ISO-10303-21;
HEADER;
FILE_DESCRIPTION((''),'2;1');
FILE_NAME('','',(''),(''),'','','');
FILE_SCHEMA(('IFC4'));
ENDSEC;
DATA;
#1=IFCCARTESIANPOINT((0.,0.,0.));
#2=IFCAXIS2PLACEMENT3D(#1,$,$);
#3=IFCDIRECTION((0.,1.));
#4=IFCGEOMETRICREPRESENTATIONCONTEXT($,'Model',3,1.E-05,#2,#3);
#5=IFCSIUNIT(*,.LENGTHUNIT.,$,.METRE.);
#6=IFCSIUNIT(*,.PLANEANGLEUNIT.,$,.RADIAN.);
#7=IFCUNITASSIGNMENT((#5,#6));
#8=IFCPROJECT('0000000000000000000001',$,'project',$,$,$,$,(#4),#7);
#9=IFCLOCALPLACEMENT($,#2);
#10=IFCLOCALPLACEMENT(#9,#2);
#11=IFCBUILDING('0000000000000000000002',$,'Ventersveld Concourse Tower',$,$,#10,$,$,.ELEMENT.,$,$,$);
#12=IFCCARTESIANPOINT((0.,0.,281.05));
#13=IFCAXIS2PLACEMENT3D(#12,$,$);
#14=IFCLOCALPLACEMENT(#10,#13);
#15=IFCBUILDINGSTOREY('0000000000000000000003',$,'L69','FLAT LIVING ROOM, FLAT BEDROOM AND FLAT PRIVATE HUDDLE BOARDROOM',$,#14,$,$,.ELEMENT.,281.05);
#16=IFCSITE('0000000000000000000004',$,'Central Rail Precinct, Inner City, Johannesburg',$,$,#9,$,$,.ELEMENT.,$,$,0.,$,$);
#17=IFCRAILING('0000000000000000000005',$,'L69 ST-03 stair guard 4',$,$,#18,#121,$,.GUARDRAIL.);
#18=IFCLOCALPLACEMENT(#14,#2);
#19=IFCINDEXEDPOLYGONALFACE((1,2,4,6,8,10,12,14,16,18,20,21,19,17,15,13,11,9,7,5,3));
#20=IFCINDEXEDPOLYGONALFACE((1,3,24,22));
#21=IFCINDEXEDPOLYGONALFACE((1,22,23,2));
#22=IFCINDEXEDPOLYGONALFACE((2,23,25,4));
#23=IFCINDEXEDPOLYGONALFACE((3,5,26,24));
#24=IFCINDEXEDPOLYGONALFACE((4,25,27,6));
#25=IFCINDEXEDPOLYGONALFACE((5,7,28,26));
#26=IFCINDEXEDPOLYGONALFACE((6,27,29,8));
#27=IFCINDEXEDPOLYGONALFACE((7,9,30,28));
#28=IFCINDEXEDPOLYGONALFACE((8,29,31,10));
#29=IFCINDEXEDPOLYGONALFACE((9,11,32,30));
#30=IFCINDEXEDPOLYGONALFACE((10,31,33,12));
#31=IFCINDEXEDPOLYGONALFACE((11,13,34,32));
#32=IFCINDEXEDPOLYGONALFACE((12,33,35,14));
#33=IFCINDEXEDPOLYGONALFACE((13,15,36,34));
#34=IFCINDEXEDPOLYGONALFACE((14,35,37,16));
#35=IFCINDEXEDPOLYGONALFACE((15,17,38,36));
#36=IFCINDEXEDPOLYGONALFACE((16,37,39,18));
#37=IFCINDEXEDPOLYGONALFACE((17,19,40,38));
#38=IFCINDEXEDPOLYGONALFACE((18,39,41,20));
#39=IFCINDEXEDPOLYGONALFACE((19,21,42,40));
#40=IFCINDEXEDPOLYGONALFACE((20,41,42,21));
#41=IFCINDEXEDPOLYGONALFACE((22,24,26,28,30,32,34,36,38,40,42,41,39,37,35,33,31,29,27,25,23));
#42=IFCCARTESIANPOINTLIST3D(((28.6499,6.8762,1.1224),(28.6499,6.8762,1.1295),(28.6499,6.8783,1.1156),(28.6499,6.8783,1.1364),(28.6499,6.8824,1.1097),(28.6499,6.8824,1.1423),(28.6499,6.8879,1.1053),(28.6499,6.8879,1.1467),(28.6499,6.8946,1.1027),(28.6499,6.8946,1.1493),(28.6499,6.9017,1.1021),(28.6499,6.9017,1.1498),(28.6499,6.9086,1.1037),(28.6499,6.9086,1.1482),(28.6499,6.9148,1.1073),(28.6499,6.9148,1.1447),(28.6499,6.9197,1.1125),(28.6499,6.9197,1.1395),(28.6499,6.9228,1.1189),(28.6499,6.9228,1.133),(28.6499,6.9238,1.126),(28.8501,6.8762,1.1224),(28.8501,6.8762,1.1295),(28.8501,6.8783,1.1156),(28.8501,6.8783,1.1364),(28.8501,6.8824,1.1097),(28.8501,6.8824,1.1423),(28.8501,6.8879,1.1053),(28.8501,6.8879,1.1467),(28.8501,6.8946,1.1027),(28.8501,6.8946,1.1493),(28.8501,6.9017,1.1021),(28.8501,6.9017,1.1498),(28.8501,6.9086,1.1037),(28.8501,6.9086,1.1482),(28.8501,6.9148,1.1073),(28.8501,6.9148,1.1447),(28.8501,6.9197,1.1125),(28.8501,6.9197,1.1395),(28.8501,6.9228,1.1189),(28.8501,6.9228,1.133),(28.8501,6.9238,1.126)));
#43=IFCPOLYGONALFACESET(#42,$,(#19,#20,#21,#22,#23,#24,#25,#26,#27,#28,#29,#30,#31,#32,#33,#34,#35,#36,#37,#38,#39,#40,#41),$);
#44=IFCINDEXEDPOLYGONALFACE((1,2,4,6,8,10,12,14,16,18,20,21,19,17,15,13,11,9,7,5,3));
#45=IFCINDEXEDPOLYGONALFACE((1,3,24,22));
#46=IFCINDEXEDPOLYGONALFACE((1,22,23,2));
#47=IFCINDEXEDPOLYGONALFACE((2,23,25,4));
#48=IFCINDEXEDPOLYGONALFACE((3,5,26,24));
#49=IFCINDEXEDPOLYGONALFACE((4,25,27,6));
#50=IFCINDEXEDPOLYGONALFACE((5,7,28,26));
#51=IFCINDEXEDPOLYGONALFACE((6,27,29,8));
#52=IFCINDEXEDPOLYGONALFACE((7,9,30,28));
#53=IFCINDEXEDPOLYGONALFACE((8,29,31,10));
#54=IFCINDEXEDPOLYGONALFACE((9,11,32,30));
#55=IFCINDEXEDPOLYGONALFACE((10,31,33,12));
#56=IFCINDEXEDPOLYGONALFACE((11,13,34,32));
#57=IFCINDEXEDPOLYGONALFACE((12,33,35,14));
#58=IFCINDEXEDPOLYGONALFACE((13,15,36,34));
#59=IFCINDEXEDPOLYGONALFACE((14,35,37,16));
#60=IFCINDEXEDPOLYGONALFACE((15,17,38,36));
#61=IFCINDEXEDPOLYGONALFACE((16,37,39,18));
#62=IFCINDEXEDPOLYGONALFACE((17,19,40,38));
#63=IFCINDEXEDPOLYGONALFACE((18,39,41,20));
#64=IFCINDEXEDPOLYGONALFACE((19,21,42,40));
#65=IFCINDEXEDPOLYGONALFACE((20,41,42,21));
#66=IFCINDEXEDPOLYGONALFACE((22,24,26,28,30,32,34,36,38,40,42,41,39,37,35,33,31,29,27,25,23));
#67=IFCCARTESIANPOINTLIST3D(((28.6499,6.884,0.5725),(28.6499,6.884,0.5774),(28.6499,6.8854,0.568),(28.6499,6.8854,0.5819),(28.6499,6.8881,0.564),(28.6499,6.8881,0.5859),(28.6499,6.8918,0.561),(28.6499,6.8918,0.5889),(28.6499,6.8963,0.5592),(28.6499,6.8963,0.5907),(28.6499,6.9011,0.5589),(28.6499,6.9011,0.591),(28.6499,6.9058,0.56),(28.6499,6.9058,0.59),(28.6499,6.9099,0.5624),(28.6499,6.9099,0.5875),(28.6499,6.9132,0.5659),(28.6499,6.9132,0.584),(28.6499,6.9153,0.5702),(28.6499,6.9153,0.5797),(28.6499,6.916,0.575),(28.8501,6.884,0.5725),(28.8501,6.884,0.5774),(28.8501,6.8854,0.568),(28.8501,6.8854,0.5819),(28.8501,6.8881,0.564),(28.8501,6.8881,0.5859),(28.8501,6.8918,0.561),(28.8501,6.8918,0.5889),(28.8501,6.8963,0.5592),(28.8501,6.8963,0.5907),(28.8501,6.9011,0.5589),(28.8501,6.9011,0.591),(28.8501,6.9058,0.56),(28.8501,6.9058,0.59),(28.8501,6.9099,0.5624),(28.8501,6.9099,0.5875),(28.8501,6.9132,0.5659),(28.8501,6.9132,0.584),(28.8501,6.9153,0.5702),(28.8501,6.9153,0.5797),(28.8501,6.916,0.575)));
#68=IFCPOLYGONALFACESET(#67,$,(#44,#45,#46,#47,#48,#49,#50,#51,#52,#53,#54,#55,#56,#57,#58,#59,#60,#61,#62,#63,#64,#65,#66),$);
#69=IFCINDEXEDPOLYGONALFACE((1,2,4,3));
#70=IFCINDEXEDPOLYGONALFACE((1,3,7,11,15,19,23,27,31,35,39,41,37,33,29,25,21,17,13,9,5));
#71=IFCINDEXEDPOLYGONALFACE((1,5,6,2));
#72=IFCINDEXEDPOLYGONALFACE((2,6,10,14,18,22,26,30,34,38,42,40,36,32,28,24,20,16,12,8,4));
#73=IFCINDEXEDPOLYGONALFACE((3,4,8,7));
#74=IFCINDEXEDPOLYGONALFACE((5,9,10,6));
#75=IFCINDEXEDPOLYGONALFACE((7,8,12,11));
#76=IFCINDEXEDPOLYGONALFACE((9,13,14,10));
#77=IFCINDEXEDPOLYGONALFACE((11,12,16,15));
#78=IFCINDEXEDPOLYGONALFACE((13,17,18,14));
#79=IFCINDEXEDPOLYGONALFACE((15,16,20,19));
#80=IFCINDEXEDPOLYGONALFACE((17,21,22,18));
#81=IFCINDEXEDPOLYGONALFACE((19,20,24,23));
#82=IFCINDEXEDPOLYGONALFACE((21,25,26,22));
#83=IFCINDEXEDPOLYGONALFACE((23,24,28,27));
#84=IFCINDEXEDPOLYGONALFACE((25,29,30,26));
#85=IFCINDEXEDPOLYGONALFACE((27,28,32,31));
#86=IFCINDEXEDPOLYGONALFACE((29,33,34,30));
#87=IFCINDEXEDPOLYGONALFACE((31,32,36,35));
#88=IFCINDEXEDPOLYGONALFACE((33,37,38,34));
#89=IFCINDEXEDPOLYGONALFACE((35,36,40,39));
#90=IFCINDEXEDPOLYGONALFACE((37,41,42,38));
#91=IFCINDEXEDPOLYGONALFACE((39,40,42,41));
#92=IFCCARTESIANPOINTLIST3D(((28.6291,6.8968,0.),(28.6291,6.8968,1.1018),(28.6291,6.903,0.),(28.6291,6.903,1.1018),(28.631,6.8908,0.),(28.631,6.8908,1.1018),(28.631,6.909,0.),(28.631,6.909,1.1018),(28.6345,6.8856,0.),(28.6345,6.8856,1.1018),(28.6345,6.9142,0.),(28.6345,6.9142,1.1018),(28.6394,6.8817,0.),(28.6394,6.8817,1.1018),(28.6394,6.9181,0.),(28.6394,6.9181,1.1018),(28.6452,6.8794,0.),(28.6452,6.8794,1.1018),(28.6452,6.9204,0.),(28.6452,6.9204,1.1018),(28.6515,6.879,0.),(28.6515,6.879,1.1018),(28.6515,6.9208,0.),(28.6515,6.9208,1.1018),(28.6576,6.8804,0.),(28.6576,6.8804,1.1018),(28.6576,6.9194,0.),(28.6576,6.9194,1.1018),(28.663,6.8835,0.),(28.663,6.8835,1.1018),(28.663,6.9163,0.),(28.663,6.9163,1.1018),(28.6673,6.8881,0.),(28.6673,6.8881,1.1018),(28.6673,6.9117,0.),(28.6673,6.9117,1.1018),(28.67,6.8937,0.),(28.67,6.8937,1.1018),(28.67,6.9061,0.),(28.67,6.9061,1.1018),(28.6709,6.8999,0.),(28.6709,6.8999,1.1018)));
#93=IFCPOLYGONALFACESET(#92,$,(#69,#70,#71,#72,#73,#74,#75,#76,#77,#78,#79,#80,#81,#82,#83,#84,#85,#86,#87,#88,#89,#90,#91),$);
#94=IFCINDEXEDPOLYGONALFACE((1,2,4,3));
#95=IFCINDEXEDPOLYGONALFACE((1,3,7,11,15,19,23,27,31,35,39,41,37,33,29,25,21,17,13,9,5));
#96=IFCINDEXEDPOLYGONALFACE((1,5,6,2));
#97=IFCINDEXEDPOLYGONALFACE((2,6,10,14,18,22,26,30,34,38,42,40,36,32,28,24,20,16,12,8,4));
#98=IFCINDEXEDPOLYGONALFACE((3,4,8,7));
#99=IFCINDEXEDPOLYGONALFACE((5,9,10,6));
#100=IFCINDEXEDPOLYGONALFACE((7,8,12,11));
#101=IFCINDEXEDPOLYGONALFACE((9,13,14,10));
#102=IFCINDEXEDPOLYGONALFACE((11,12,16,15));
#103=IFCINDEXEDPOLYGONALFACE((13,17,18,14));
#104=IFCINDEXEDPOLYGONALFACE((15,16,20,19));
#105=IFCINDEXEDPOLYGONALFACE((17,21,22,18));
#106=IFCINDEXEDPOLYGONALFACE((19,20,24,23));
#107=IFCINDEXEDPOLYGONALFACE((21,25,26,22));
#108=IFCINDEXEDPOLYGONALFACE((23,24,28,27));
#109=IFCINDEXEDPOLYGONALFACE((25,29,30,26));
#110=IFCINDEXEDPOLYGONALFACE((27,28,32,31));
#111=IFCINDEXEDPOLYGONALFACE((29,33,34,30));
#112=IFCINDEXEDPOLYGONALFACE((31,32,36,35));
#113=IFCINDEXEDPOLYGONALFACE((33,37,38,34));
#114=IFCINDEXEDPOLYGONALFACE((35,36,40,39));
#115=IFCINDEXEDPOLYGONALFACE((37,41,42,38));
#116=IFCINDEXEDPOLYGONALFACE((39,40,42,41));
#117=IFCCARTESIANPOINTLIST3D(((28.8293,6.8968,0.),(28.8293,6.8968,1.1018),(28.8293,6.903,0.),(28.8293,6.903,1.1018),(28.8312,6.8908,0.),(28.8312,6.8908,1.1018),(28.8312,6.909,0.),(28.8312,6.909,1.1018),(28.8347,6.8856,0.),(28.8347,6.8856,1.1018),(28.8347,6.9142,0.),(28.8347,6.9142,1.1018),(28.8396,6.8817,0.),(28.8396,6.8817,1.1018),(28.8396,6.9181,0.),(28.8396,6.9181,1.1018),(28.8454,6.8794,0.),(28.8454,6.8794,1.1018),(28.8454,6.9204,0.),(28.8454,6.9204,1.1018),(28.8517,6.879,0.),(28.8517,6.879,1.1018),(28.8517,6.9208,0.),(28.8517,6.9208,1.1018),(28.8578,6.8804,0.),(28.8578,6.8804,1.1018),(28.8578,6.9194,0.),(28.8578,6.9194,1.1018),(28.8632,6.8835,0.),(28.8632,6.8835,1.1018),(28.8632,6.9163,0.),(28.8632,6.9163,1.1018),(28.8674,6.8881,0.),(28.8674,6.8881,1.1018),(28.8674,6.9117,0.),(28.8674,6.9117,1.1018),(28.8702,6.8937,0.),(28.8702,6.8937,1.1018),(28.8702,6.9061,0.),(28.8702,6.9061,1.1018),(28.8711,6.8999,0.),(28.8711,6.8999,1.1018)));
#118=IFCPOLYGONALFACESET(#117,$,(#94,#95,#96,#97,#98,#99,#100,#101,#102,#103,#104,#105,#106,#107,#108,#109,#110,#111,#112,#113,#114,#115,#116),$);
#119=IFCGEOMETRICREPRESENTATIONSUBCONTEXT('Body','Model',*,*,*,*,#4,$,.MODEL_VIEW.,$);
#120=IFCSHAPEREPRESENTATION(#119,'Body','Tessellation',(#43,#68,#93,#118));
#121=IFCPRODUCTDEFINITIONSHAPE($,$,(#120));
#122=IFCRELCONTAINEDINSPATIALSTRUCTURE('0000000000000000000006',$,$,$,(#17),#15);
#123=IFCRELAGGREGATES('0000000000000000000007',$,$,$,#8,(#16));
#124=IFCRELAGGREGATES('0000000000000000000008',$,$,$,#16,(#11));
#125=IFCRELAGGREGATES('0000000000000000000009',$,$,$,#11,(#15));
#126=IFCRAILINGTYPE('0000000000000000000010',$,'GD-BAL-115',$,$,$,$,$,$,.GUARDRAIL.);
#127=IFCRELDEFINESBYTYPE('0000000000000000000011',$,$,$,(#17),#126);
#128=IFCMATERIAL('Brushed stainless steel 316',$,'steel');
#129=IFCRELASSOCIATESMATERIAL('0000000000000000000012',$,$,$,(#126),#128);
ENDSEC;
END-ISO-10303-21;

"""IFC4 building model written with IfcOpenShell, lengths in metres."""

from ifc_helpers import new_model, si_unit, direction, frame, origin, origin_2d, place, context, subcontext, project, spatial, circle, extrude, material, type_object, element, save


model = new_model("IFC4")

# Units and contexts
model_context = context("Model", 3, precision=1e-05, world=origin(), true_north=direction((0.0, 1.0)))
body_context = subcontext(model_context, "Body", "Model", "MODEL_VIEW")
ifc_project = project(units=[si_unit("LENGTHUNIT", "METRE"), si_unit("PLANEANGLEUNIT", "RADIAN")], contexts=[model_context])

# Site, building, storey
site_placement = place(None, origin())
site = spatial("IfcSite", under=ifc_project, at=site_placement, Name="Central Rail Precinct, Inner City, Johannesburg", CompositionType="ELEMENT", RefElevation=0.0)
building_placement = place(site_placement, origin())
building = spatial("IfcBuilding", under=site, at=building_placement, Name="Ventersveld Concourse Tower", CompositionType="ELEMENT")
storey_placement = place(building_placement, frame((0.0, 0.0, 281.05)))
storey = spatial("IfcBuildingStorey", under=building, at=storey_placement, Name="L69", Description="FLAT LIVING ROOM, FLAT BEDROOM AND FLAT PRIVATE HUDDLE BOARDROOM", CompositionType="ELEMENT", Elevation=281.05)

# Shared definitions
ifc_material_1 = material(Name="Brushed stainless steel 316", Category="steel")

# Railing
railing_type_1 = type_object("IfcRailingType", Name="GD-BAL-115", PredefinedType="GUARDRAIL", material=ifc_material_1)
railing_1_placement = place(storey_placement, frame((28.6499, 6.8999, 0.0)))
element("IfcRailing", 1, at=railing_1_placement, inside=storey, type_object=railing_type_1, Name="L69 ST-03 stair guard 4", PredefinedType="GUARDRAIL", context=body_context, shape_type="SweptSolid", body=[
    extrude(circle(Radius=0.0239, at=origin_2d()), frame((0.0, 0.0, 1.126), z_axis=(1.0, 0.0, 0.0), x_axis=(0.0, 1.0, 0.0)), (0.0, 0.0, 1.0), 0.2002),
    extrude(circle(Radius=0.0161, at=origin_2d()), frame((0.0, 0.0, 0.575), z_axis=(1.0, 0.0, 0.0), x_axis=(0.0, 1.0, 0.0)), (0.0, 0.0, 1.0), 0.2002),
    extrude(circle(Radius=0.021, at=origin_2d()), origin(), (0.0, 0.0, 1.0), 1.1018),
    extrude(circle(Radius=0.021, at=origin_2d()), frame((0.2002, 0.0, 0.0)), (0.0, 0.0, 1.0), 1.1018),
])

save(model, "model.ifc")
